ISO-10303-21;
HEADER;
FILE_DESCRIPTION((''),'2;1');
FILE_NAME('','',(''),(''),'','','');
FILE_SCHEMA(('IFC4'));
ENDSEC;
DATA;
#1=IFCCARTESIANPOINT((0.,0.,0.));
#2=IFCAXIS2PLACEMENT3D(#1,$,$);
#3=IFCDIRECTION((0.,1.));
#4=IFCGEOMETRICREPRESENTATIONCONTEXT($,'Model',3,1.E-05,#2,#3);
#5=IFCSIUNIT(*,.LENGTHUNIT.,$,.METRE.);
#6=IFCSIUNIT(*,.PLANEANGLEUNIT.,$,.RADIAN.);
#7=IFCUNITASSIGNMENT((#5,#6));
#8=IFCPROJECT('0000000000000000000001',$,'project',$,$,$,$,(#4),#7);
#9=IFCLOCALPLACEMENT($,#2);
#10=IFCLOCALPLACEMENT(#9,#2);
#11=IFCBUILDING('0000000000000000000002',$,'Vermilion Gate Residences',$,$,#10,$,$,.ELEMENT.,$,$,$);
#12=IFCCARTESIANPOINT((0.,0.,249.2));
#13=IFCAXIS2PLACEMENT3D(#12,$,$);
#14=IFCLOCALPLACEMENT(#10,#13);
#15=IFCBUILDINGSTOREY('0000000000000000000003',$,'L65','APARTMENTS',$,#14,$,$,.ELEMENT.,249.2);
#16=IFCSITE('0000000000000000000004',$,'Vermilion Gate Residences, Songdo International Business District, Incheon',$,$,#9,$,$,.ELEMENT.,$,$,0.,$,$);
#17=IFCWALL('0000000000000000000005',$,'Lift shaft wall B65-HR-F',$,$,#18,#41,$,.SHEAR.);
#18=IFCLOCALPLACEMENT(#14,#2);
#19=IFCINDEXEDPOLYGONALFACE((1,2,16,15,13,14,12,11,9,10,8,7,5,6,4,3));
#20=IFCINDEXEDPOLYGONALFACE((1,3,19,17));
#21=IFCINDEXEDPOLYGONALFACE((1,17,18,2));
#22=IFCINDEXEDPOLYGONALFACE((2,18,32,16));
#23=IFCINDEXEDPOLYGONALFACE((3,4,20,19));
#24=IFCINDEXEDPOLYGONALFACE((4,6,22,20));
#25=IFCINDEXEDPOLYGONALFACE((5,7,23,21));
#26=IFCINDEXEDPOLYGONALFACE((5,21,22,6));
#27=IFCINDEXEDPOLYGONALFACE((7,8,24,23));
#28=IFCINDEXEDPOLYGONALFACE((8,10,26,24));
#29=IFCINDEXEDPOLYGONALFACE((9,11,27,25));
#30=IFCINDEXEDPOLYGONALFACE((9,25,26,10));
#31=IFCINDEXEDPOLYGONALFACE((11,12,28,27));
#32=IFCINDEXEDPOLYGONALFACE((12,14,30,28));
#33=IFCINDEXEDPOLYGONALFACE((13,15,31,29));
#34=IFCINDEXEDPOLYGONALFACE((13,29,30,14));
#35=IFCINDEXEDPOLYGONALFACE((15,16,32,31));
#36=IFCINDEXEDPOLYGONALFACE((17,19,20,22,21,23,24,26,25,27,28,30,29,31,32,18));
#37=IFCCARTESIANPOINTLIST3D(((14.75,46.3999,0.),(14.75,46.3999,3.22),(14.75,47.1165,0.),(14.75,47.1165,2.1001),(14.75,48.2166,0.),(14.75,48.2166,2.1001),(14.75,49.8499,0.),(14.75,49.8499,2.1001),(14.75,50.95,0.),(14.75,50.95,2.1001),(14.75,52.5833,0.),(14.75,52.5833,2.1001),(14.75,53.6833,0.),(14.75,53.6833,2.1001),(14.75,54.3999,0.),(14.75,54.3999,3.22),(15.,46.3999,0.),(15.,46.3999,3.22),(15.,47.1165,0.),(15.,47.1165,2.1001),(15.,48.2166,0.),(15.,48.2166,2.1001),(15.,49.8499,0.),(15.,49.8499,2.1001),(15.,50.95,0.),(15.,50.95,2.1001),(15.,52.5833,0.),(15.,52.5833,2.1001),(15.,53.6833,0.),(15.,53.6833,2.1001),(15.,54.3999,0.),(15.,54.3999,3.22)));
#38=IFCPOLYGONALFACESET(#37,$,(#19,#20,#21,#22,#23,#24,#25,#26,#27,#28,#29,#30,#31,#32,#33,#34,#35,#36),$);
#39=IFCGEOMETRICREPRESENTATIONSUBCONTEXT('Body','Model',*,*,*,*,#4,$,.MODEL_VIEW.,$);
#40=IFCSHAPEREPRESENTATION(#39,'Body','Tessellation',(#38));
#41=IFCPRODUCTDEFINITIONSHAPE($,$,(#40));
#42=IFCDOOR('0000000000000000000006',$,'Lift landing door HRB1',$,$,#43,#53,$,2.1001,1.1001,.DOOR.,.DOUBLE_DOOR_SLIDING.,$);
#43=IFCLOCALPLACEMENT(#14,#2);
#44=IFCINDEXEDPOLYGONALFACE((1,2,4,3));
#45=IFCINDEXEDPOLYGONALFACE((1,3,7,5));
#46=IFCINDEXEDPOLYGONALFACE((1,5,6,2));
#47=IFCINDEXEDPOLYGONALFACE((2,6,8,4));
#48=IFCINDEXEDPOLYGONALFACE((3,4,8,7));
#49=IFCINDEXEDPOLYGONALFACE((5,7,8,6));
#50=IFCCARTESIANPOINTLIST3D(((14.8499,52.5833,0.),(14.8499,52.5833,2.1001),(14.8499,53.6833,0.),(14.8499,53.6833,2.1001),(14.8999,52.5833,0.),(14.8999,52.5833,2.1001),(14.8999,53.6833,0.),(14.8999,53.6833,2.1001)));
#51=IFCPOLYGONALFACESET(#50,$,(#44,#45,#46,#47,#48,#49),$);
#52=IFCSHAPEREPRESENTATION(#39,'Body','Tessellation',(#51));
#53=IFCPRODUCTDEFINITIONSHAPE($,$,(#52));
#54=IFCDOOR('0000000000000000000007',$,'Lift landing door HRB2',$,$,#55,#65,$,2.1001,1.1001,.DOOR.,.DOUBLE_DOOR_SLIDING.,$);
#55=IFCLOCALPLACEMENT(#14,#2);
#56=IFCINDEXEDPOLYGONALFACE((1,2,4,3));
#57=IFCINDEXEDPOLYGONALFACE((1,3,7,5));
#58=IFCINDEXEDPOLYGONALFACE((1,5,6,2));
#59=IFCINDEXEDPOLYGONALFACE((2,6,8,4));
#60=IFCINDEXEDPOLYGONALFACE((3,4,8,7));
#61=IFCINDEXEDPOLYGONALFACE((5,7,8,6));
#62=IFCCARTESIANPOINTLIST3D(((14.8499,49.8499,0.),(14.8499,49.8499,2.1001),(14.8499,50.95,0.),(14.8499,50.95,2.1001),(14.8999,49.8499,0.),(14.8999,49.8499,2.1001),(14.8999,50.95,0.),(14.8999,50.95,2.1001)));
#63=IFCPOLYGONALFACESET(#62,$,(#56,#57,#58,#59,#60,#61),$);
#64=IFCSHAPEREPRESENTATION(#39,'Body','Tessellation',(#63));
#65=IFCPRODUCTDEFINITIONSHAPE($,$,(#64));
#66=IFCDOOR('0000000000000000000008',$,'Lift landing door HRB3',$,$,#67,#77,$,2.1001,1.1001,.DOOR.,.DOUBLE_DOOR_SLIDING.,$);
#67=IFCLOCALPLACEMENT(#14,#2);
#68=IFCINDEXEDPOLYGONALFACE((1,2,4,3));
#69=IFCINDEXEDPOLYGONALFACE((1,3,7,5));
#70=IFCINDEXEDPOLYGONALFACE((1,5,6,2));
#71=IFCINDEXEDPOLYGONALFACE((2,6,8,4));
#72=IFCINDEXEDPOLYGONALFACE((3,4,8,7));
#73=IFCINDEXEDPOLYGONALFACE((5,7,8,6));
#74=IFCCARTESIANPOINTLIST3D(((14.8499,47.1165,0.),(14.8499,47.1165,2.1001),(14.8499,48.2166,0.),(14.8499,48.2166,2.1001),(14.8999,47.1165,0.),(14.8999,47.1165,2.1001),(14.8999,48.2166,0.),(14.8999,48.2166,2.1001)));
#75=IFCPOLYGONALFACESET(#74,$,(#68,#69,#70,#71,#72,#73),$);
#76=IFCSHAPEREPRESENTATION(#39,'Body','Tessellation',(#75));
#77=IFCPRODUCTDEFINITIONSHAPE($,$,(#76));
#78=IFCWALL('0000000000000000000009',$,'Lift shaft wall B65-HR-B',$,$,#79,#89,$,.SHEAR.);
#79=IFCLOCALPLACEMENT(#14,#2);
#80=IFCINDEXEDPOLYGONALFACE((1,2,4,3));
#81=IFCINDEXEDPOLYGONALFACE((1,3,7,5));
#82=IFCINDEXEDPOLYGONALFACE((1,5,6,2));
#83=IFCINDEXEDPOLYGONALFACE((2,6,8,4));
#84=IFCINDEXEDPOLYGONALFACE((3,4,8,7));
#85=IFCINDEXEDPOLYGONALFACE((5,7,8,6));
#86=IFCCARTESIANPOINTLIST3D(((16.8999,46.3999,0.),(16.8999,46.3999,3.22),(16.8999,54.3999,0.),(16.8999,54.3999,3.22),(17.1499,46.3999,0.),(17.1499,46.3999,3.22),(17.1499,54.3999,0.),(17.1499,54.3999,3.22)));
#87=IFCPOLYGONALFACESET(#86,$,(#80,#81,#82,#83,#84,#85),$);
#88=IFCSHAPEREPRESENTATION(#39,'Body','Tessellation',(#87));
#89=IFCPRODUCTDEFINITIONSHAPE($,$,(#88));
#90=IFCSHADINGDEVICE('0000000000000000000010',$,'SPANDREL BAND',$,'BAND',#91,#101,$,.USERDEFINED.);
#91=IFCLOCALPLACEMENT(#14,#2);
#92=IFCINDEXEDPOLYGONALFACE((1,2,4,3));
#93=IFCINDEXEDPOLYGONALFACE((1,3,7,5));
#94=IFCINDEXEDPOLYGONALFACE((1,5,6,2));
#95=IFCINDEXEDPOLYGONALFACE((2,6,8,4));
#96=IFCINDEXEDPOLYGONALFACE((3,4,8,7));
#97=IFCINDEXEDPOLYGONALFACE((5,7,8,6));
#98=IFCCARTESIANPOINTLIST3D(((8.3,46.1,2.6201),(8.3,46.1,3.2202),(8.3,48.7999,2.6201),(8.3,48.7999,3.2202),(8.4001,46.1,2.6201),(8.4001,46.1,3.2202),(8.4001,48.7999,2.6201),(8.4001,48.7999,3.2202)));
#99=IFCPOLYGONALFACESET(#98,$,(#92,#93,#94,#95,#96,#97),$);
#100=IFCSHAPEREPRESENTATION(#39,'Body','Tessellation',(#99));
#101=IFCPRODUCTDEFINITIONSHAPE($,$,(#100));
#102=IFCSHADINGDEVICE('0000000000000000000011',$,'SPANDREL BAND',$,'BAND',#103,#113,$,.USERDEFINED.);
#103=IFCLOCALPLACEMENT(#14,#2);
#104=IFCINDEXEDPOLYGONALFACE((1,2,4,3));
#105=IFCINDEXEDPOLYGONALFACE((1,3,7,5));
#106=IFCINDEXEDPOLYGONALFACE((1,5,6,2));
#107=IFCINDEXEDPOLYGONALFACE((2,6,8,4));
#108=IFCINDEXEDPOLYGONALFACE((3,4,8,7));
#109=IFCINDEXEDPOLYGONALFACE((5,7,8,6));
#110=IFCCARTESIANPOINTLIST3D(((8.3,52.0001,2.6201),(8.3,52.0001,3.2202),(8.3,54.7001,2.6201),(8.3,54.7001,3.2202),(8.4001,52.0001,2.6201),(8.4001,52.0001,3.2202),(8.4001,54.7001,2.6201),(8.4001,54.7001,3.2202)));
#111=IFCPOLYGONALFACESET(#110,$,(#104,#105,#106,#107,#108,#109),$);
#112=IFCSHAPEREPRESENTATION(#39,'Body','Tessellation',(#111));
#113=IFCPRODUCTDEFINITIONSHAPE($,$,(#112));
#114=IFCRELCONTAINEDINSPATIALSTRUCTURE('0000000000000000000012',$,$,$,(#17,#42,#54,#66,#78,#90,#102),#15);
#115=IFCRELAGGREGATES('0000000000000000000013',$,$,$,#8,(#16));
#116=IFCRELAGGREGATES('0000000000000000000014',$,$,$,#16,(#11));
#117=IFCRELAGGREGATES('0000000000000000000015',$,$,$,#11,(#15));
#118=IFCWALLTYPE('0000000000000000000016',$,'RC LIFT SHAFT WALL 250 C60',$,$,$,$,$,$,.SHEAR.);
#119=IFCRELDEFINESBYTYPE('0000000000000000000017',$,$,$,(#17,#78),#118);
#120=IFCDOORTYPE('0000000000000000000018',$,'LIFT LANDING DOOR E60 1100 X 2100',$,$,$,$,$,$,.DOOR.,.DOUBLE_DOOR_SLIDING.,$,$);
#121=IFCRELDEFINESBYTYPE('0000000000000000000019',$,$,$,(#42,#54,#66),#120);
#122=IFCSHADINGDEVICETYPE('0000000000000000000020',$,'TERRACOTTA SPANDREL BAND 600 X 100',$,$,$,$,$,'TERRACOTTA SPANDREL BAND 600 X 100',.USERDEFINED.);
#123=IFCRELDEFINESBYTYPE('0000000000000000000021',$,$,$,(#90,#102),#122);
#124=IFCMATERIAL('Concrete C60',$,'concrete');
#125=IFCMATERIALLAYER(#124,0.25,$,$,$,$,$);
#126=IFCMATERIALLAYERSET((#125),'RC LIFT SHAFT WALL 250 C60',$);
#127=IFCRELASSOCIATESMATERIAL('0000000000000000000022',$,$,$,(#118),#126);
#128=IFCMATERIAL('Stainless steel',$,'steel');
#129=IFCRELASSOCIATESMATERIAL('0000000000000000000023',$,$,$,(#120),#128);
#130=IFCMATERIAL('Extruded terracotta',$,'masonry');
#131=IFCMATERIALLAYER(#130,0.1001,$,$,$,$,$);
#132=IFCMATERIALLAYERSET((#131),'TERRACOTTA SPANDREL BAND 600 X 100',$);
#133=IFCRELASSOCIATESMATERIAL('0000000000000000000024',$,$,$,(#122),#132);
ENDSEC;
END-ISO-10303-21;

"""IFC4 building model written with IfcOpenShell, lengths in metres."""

from ifc_helpers import new_model, si_unit, direction, frame, frame_2d, origin, origin_2d, place, context, subcontext, project, spatial, rectangle, extrude, material, layer, layer_set, type_object, element, fill, save


model = new_model("IFC4")

# Units and contexts
model_context = context("Model", 3, precision=1e-05, world=origin(), true_north=direction((0.0, 1.0)))
body_context = subcontext(model_context, "Body", "Model", "MODEL_VIEW")
ifc_project = project(units=[si_unit("LENGTHUNIT", "METRE"), si_unit("PLANEANGLEUNIT", "RADIAN")], contexts=[model_context])

# Site, building, storey
site_placement = place(None, origin())
site = spatial("IfcSite", under=ifc_project, at=site_placement, Name="Vermilion Gate Residences, Songdo International Business District, Incheon", CompositionType="ELEMENT", RefElevation=0.0)
building_placement = place(site_placement, origin())
building = spatial("IfcBuilding", under=site, at=building_placement, Name="Vermilion Gate Residences", CompositionType="ELEMENT")
storey_placement = place(building_placement, frame((0.0, 0.0, 249.2)))
storey = spatial("IfcBuildingStorey", under=building, at=storey_placement, Name="L65", Description="APARTMENTS", CompositionType="ELEMENT", Elevation=249.2)

# Wall, openings, doors
ifc_material_1 = material(Name="Concrete C60", Category="concrete")
ifc_layer_1 = layer(ifc_material_1, 0.25)
ifc_layer_set_1 = layer_set([ifc_layer_1], Name="RC LIFT SHAFT WALL 250 C60")
wall_type_1 = type_object("IfcWallType", Name="RC LIFT SHAFT WALL 250 C60", PredefinedType="SHEAR", material=ifc_layer_set_1)
wall_1_placement = place(storey_placement, frame((14.875, 54.3999, 0.0), z_axis=(0.0, 0.0, 1.0), x_axis=(0.0, -1.0, 0.0)))
wall_1 = element("IfcWall", 1, at=wall_1_placement, inside=storey, type_object=wall_type_1, Name="Lift shaft wall B65-HR-F", PredefinedType="SHEAR", context=body_context, shape_type="SweptSolid", body=[
    extrude(rectangle(XDim=8.0, YDim=0.25, at=frame_2d((4.0, 0.0))), origin(), (0.0, 0.0, 1.0), 3.22),
])
opening_1_placement = place(wall_1_placement, frame((0.7166, 0.0, 0.0)))
opening_1 = element("IfcOpeningElement", 2, at=opening_1_placement, cuts=wall_1, PredefinedType="OPENING", context=body_context, shape_type="SweptSolid", body=[
    extrude(rectangle(XDim=1.1001, YDim=2.1001, at=frame_2d((0.55, 1.05))), frame((0.0, 0.135, 0.0), z_axis=(0.0, -1.0, 0.0), x_axis=(1.0, 0.0, 0.0)), (0.0, 0.0, 1.0), 0.27),
])
opening_2_placement = place(wall_1_placement, frame((3.45, 0.0, 0.0)))
opening_2 = element("IfcOpeningElement", 3, at=opening_2_placement, cuts=wall_1, PredefinedType="OPENING", context=body_context, shape_type="SweptSolid", body=[
    extrude(rectangle(XDim=1.1001, YDim=2.1001, at=frame_2d((0.55, 1.05))), frame((0.0, 0.135, 0.0), z_axis=(0.0, -1.0, 0.0), x_axis=(1.0, 0.0, 0.0)), (0.0, 0.0, 1.0), 0.27),
])
opening_3_placement = place(wall_1_placement, frame((6.1833, 0.0, 0.0)))
opening_3 = element("IfcOpeningElement", 4, at=opening_3_placement, cuts=wall_1, PredefinedType="OPENING", context=body_context, shape_type="SweptSolid", body=[
    extrude(rectangle(XDim=1.1001, YDim=2.1001, at=frame_2d((0.55, 1.05))), frame((0.0, 0.135, 0.0), z_axis=(0.0, -1.0, 0.0), x_axis=(1.0, 0.0, 0.0)), (0.0, 0.0, 1.0), 0.27),
])
ifc_material_2 = material(Name="Stainless steel", Category="steel")
door_type_1 = type_object("IfcDoorType", Name="LIFT LANDING DOOR E60 1100 X 2100", OperationType="DOUBLE_DOOR_SLIDING", PredefinedType="DOOR", material=ifc_material_2)
door_1_placement = place(opening_1_placement, origin())
door_1 = element("IfcDoor", 5, at=door_1_placement, inside=storey, type_object=door_type_1, Name="Lift landing door HRB1", OperationType="DOUBLE_DOOR_SLIDING", OverallHeight=2.1001, OverallWidth=1.1001, PredefinedType="DOOR", context=body_context, shape_type="SweptSolid", body=[
    extrude(rectangle(XDim=1.1001, YDim=2.1001, at=frame_2d((0.55, 1.05))), frame((0.0, 0.0249, 0.0), z_axis=(0.0, -1.0, 0.0), x_axis=(1.0, 0.0, 0.0)), (0.0, 0.0, 1.0), 0.05),
])
fill(opening_1, door_1)
door_2_placement = place(opening_2_placement, origin())
door_2 = element("IfcDoor", 6, at=door_2_placement, inside=storey, type_object=door_type_1, Name="Lift landing door HRB2", OperationType="DOUBLE_DOOR_SLIDING", OverallHeight=2.1001, OverallWidth=1.1001, PredefinedType="DOOR", context=body_context, shape_type="SweptSolid", body=[
    extrude(rectangle(XDim=1.1001, YDim=2.1001, at=frame_2d((0.55, 1.05))), frame((0.0, 0.0249, 0.0), z_axis=(0.0, -1.0, 0.0), x_axis=(1.0, 0.0, 0.0)), (0.0, 0.0, 1.0), 0.05),
])
fill(opening_2, door_2)
door_3_placement = place(opening_3_placement, origin())
door_3 = element("IfcDoor", 7, at=door_3_placement, inside=storey, type_object=door_type_1, Name="Lift landing door HRB3", OperationType="DOUBLE_DOOR_SLIDING", OverallHeight=2.1001, OverallWidth=1.1001, PredefinedType="DOOR", context=body_context, shape_type="SweptSolid", body=[
    extrude(rectangle(XDim=1.1001, YDim=2.1001, at=frame_2d((0.55, 1.05))), frame((0.0, 0.0249, 0.0), z_axis=(0.0, -1.0, 0.0), x_axis=(1.0, 0.0, 0.0)), (0.0, 0.0, 1.0), 0.05),
])
fill(opening_3, door_3)

# Wall
wall_2_placement = place(storey_placement, frame((17.0249, 54.3999, 0.0), z_axis=(0.0, 0.0, 1.0), x_axis=(0.0, -1.0, 0.0)))
element("IfcWall", 8, at=wall_2_placement, inside=storey, type_object=wall_type_1, Name="Lift shaft wall B65-HR-B", PredefinedType="SHEAR", context=body_context, shape_type="SweptSolid", body=[
    extrude(rectangle(XDim=8.0, YDim=0.25, at=frame_2d((4.0, 0.0))), origin(), (0.0, 0.0, 1.0), 3.22),
])

# Shading devices
ifc_material_3 = material(Name="Extruded terracotta", Category="masonry")
ifc_layer_2 = layer(ifc_material_3, 0.1001)
ifc_layer_set_2 = layer_set([ifc_layer_2], Name="TERRACOTTA SPANDREL BAND 600 X 100")
shading_device_type = type_object("IfcShadingDeviceType", Name="TERRACOTTA SPANDREL BAND 600 X 100", ElementType="TERRACOTTA SPANDREL BAND 600 X 100", PredefinedType="USERDEFINED", material=ifc_layer_set_2)
for number, where, z_axis, x_axis, name in (
    (9, (8.3501, 47.45, 2.6201), (0.0, 0.0, 1.0), (0.0, 1.0, 0.0), "SPANDREL BAND"),
    (10, (8.3501, 53.3501, 2.6201), (0.0, 0.0, 1.0), (0.0, 1.0, 0.0), "SPANDREL BAND"),
):
    element("IfcShadingDevice", number, at=place(storey_placement, frame(where, z_axis=z_axis, x_axis=x_axis)), inside=storey, type_object=shading_device_type, Name=name, ObjectType="BAND", PredefinedType="USERDEFINED", context=body_context, shape_type="SweptSolid", body=[
        extrude(rectangle(XDim=2.7, YDim=0.1001, at=origin_2d()), origin(), (0.0, 0.0, 1.0), 0.6001),
    ])

save(model, "model.ifc")
